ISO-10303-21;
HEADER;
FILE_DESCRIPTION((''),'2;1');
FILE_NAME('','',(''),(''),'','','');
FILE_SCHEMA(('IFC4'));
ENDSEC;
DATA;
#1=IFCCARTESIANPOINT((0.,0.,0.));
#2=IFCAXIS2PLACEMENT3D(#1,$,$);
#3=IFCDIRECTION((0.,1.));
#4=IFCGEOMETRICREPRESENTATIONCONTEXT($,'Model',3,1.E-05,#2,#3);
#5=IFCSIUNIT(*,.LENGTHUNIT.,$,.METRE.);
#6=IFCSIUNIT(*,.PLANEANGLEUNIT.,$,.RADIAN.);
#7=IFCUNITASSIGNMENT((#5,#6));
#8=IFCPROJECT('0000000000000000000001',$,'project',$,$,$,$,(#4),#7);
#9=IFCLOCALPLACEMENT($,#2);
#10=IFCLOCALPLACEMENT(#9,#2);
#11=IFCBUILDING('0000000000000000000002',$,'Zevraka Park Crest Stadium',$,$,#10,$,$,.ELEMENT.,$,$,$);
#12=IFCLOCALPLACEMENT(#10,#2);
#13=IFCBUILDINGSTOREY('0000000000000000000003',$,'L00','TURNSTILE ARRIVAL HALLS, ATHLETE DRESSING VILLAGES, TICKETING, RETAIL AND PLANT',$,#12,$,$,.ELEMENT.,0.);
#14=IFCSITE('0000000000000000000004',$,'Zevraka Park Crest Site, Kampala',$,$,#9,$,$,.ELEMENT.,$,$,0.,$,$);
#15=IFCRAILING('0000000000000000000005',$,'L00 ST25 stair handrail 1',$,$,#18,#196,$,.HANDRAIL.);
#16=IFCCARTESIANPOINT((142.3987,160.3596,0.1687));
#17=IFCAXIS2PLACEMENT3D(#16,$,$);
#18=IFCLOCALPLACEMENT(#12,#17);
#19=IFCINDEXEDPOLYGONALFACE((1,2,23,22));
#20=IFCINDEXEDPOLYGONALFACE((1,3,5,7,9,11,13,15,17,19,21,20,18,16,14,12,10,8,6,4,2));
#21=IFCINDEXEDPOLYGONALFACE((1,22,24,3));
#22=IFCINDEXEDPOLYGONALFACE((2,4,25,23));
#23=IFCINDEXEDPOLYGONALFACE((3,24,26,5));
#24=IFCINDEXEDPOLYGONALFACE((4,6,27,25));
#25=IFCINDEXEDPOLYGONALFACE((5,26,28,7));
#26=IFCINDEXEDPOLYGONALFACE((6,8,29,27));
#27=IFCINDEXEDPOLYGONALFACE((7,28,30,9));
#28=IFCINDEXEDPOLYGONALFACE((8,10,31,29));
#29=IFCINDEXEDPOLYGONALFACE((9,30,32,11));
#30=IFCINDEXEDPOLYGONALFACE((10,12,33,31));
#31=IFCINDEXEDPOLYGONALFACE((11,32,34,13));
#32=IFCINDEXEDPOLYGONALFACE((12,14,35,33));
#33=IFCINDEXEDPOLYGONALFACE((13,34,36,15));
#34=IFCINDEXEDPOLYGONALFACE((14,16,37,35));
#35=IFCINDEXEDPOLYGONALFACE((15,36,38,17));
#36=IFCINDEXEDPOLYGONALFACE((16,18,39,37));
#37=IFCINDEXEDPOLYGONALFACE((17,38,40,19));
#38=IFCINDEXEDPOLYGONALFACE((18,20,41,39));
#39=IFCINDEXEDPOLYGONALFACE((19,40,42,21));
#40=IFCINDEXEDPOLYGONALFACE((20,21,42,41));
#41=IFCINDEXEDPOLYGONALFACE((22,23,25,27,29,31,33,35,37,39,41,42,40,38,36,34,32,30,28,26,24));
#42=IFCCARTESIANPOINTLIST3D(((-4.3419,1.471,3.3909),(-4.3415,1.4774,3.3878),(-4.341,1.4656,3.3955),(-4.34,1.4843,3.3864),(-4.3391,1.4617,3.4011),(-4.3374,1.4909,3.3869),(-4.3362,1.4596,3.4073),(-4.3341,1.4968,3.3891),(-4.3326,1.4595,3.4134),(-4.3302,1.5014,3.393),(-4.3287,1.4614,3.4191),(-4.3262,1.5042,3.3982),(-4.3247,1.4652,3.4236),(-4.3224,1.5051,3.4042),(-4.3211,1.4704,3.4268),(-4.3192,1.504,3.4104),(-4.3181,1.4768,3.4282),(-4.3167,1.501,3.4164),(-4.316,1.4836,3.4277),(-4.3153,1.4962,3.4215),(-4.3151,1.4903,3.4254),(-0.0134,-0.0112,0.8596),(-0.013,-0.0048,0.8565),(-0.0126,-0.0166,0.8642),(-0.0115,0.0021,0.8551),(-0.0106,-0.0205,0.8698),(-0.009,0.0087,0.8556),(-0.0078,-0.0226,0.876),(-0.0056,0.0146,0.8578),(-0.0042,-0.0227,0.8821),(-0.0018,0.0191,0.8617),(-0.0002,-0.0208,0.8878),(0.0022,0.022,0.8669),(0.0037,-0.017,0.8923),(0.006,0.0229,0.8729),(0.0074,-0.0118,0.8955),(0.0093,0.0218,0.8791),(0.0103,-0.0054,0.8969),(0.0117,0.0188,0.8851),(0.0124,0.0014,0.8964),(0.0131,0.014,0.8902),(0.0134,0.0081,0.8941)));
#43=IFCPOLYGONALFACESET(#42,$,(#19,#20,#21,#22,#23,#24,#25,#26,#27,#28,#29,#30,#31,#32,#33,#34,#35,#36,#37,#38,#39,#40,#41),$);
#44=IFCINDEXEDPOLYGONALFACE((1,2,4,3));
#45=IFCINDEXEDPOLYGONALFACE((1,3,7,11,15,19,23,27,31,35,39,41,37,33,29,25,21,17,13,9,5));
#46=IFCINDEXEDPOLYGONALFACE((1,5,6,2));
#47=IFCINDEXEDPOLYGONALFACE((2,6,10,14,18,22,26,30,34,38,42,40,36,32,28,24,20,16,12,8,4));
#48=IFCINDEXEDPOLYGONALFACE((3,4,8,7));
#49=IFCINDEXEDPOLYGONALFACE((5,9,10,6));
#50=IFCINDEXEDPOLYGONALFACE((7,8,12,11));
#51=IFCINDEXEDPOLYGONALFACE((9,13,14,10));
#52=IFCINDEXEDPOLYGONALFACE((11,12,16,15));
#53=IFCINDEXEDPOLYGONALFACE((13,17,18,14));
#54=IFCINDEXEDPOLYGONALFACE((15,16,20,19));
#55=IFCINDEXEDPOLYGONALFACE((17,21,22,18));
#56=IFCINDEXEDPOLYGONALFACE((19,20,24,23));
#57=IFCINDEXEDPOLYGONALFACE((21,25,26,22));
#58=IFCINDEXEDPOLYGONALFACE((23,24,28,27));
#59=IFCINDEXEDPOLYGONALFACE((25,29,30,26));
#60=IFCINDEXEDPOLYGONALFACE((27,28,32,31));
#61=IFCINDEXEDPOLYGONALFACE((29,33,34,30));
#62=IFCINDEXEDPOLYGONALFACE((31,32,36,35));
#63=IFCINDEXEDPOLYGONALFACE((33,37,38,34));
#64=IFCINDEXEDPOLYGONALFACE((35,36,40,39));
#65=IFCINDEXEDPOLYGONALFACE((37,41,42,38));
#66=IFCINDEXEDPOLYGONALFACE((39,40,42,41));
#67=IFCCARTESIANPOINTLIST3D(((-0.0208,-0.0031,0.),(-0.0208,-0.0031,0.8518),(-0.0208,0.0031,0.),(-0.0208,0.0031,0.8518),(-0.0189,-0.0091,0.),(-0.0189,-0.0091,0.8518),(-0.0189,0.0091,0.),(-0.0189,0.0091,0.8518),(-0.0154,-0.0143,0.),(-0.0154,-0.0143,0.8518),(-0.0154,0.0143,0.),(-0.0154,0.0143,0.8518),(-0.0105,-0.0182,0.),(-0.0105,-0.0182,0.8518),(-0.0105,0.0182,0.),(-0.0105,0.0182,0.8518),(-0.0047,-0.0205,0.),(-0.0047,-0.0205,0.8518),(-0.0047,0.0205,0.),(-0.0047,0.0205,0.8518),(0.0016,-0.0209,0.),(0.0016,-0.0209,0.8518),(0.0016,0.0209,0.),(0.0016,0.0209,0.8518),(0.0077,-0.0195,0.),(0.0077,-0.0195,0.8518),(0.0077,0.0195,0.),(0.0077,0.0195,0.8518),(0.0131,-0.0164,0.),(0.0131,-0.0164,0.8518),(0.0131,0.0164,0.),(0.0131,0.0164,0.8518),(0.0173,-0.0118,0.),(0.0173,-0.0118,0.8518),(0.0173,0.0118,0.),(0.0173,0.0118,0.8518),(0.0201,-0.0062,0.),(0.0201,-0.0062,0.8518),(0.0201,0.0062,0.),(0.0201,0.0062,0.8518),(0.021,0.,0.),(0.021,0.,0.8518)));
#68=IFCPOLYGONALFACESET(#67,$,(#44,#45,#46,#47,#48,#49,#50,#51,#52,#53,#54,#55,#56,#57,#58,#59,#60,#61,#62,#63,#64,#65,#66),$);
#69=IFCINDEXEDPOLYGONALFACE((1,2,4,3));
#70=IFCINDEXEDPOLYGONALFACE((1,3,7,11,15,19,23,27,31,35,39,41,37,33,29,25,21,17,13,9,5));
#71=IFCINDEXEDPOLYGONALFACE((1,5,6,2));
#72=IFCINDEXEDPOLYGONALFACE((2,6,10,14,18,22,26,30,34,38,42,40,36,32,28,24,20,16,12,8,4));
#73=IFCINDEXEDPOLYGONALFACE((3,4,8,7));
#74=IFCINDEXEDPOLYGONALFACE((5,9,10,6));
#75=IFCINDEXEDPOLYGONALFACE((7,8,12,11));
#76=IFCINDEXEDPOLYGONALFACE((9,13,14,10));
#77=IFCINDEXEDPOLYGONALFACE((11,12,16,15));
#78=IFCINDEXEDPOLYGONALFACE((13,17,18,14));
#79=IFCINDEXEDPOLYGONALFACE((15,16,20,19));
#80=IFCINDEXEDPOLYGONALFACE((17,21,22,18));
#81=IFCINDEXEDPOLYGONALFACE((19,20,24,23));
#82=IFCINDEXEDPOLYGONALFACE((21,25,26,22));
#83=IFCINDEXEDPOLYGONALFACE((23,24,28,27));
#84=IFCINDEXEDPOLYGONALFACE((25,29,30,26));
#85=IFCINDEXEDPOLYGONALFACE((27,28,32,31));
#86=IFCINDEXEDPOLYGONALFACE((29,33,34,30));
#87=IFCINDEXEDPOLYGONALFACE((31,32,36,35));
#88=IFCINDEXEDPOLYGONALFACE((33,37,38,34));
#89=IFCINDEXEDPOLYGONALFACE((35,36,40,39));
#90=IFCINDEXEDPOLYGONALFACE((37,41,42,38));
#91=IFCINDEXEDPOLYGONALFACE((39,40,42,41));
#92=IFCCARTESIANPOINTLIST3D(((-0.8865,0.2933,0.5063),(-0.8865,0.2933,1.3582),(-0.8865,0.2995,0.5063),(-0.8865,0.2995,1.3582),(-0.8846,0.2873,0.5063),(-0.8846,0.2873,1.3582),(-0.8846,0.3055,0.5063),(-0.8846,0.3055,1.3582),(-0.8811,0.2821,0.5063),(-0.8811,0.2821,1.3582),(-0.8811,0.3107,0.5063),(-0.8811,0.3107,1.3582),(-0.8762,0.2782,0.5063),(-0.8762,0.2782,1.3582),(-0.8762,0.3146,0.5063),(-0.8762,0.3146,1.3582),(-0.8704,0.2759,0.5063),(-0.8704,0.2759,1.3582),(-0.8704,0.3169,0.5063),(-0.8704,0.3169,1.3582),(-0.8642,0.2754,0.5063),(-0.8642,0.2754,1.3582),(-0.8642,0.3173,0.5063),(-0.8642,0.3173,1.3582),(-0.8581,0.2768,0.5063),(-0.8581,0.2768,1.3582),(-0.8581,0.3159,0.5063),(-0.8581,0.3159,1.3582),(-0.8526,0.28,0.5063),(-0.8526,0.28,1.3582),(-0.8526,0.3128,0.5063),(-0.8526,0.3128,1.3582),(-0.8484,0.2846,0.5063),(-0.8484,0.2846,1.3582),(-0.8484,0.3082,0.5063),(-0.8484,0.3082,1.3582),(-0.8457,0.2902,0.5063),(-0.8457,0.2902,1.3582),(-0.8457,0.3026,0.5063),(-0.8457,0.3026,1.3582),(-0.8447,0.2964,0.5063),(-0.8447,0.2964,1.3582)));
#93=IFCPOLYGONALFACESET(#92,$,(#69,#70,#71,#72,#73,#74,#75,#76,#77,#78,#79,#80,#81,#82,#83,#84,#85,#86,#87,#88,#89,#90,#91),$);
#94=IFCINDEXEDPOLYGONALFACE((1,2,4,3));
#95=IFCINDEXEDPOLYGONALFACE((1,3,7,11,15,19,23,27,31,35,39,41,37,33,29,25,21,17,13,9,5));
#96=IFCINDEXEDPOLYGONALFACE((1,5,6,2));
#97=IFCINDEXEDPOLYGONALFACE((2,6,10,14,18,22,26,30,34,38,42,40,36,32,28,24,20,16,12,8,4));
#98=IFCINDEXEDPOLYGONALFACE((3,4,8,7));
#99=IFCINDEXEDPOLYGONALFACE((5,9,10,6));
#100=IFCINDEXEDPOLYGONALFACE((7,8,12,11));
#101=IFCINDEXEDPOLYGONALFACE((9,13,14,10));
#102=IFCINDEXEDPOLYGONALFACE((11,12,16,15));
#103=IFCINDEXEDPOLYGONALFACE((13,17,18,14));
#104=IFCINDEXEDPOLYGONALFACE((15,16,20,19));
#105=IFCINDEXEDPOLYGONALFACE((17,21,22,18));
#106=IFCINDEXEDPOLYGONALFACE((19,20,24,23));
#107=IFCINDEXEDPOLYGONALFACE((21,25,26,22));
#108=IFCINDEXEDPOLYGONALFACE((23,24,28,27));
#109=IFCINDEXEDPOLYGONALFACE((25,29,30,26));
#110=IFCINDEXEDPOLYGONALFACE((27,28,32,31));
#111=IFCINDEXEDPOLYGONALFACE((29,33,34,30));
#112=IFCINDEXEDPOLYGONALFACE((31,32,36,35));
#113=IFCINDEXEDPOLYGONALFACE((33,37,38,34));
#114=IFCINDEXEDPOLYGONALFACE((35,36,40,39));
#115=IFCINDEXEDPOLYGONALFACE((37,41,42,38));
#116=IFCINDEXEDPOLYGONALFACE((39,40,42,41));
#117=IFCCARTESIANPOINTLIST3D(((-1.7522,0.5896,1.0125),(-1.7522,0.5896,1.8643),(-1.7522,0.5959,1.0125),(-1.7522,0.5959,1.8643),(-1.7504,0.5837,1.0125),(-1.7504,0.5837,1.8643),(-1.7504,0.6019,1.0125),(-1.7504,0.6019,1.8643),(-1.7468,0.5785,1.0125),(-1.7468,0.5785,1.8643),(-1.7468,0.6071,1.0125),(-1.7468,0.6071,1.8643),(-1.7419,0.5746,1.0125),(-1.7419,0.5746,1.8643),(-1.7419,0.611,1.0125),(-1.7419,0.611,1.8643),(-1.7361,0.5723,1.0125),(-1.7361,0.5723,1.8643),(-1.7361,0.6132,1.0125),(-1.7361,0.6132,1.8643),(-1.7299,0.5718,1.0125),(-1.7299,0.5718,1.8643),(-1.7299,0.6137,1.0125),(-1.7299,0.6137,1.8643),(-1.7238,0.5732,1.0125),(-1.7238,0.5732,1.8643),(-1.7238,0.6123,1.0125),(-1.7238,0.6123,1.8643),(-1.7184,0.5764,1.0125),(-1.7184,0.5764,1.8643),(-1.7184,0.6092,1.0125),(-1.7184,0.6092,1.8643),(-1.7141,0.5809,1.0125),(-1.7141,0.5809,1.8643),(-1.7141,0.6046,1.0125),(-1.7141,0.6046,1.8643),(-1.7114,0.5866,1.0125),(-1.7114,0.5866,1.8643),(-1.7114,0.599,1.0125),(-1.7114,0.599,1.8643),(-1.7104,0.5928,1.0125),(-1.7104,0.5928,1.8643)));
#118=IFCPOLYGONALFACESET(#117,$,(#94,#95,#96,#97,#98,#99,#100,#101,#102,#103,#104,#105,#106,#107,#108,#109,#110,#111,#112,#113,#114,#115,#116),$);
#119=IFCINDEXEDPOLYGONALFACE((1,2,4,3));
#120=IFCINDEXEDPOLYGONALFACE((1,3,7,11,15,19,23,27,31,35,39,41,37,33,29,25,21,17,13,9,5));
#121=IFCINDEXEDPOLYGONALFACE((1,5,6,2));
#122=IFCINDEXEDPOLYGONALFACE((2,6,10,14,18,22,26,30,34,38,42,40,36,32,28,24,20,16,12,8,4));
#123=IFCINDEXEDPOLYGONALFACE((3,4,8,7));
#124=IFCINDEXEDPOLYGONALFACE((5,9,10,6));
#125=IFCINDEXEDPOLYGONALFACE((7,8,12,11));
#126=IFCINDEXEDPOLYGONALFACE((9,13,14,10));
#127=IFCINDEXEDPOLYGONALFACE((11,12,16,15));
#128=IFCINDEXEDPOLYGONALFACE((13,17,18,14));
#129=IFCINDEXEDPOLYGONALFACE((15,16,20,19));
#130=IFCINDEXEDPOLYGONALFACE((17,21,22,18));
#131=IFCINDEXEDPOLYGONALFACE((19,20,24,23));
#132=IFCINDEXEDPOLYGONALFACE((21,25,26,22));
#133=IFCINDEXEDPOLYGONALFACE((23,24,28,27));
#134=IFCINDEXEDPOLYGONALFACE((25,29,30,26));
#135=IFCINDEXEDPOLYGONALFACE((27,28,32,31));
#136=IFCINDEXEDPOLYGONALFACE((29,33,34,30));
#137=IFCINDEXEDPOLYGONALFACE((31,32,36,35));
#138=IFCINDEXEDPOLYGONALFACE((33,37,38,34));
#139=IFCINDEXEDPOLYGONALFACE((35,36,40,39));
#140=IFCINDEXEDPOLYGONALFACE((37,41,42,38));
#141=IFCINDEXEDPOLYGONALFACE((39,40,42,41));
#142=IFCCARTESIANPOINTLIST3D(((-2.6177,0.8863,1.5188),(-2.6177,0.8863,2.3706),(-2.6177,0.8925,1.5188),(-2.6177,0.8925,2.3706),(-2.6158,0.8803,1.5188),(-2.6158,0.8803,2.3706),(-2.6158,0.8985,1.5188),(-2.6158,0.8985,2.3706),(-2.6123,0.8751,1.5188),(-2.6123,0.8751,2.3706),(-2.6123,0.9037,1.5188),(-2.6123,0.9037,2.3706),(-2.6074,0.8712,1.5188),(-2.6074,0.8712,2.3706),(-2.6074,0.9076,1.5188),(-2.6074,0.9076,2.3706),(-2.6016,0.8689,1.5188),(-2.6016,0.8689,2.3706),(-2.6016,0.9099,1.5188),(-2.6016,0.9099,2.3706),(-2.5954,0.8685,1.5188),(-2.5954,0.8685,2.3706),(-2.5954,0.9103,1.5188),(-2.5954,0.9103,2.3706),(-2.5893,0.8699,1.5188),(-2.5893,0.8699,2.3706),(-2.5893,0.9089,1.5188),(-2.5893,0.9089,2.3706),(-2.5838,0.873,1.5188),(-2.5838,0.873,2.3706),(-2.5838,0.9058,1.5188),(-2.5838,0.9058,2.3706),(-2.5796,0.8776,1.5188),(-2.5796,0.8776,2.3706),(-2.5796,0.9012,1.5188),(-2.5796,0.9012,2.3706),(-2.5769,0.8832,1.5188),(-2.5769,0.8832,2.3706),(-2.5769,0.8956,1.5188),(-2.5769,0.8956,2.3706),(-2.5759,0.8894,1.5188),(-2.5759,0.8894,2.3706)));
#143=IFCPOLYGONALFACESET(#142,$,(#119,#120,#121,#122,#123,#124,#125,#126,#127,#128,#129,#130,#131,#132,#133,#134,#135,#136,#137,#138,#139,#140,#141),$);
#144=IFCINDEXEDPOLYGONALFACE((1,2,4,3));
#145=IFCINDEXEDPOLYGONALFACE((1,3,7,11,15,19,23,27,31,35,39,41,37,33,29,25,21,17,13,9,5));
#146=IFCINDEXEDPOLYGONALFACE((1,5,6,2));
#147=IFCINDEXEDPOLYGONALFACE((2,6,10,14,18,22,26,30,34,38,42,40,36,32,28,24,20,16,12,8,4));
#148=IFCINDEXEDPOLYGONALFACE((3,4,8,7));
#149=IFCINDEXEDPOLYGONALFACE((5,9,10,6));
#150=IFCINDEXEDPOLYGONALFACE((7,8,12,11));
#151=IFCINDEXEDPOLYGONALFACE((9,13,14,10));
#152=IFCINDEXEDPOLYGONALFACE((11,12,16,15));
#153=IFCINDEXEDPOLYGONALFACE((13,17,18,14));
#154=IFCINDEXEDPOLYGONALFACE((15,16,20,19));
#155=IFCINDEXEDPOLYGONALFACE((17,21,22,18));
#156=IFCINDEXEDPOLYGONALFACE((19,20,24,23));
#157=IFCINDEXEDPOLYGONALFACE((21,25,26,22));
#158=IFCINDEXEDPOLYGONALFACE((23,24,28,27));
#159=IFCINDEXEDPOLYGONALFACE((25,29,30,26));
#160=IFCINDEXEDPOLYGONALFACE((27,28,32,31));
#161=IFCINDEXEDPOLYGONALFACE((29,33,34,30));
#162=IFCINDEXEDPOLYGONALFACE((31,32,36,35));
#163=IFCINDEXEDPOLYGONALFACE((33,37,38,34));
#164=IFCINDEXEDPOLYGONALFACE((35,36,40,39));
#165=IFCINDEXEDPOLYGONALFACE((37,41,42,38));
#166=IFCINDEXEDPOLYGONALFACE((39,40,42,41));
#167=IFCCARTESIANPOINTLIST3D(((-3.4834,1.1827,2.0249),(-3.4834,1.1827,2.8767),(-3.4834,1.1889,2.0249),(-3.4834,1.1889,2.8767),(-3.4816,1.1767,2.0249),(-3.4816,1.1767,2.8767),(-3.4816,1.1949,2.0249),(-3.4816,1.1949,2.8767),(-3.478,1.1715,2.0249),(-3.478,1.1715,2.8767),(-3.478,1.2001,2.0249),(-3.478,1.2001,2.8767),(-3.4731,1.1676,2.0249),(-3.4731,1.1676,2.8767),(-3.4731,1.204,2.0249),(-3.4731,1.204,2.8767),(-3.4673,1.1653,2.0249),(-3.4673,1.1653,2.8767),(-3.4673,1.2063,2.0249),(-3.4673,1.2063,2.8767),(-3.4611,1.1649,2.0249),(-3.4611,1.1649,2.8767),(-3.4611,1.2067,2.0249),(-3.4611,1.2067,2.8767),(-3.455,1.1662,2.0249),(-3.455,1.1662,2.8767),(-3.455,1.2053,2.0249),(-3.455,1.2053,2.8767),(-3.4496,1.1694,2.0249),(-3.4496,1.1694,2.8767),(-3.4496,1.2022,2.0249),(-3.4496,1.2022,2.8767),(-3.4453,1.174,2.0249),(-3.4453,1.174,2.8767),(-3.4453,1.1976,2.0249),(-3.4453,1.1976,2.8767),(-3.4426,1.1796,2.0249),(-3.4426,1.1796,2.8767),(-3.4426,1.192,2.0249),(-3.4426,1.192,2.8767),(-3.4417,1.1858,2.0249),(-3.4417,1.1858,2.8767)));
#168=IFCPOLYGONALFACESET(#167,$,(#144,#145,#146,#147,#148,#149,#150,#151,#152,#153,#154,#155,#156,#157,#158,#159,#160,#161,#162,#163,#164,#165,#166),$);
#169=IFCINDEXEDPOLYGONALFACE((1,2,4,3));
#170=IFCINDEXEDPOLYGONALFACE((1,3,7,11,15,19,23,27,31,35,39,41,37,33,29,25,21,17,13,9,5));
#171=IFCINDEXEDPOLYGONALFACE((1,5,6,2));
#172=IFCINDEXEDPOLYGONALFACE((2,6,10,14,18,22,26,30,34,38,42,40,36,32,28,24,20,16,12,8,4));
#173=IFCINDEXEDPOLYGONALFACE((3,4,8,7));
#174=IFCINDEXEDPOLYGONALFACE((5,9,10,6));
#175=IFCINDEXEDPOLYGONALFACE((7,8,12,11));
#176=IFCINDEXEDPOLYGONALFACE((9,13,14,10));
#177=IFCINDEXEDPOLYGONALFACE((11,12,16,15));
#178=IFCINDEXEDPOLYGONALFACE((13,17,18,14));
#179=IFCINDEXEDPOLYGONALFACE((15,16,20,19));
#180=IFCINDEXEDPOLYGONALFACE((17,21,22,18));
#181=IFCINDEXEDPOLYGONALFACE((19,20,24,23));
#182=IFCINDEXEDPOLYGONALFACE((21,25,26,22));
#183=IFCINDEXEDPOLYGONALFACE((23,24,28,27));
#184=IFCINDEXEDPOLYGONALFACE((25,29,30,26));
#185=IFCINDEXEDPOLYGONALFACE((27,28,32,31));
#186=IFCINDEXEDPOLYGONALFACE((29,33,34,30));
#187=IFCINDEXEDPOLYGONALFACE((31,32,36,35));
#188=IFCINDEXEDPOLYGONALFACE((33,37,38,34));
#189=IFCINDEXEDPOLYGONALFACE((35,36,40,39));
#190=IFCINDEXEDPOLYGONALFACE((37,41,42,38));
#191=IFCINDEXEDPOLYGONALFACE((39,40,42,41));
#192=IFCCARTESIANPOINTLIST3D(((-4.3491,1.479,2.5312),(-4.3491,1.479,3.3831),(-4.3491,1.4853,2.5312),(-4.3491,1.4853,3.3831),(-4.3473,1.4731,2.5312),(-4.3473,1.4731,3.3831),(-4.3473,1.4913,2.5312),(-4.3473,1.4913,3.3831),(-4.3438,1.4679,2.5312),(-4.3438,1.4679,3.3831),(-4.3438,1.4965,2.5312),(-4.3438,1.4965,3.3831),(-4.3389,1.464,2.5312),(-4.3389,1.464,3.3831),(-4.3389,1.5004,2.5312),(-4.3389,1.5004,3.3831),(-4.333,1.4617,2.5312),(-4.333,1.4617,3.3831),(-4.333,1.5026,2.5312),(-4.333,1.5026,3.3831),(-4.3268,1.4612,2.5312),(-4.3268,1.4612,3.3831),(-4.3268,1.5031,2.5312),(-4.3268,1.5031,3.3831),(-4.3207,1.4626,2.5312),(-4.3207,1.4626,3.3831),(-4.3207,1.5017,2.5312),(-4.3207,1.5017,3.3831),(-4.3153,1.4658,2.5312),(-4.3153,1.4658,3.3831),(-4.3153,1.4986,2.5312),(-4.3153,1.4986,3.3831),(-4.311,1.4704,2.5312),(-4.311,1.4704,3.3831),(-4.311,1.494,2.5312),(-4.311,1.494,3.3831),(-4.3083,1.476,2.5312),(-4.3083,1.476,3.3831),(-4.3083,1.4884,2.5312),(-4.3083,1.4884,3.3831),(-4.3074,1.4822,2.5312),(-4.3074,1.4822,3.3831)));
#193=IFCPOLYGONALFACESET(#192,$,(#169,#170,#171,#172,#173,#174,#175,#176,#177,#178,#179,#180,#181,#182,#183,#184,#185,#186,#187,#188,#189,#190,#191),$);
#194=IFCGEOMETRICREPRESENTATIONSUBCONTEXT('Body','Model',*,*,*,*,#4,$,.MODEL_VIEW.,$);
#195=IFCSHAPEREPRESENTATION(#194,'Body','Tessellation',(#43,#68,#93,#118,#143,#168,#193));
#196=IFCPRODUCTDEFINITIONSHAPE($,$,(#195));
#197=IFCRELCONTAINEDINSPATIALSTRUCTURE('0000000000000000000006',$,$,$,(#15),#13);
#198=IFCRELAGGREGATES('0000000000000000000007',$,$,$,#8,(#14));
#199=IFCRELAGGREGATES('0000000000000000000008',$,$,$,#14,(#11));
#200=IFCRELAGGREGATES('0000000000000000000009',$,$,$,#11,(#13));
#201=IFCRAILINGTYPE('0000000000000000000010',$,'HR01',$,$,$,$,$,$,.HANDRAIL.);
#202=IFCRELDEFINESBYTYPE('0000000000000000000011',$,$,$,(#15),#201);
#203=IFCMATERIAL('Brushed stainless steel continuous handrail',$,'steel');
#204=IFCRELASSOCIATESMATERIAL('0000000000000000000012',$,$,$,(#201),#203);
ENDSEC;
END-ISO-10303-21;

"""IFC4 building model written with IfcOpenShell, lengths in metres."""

from ifc_helpers import new_model, si_unit, direction, frame, origin, origin_2d, place, context, subcontext, project, spatial, circle, extrude, material, type_object, element, save


model = new_model("IFC4")

# Units and contexts
model_context = context("Model", 3, precision=1e-05, world=origin(), true_north=direction((0.0, 1.0)))
body_context = subcontext(model_context, "Body", "Model", "MODEL_VIEW")
ifc_project = project(units=[si_unit("LENGTHUNIT", "METRE"), si_unit("PLANEANGLEUNIT", "RADIAN")], contexts=[model_context])

# Site, building, storey
site_placement = place(None, origin())
site = spatial("IfcSite", under=ifc_project, at=site_placement, Name="Zevraka Park Crest Site, Kampala", CompositionType="ELEMENT", RefElevation=0.0)
building_placement = place(site_placement, origin())
building = spatial("IfcBuilding", under=site, at=building_placement, Name="Zevraka Park Crest Stadium", CompositionType="ELEMENT")
storey_placement = place(building_placement, origin())
storey = spatial("IfcBuildingStorey", under=building, at=storey_placement, Name="L00", Description="TURNSTILE ARRIVAL HALLS, ATHLETE DRESSING VILLAGES, TICKETING, RETAIL AND PLANT", CompositionType="ELEMENT", Elevation=0.0)

# Railing
ifc_material_1 = material(Name="Brushed stainless steel continuous handrail", Category="steel")
railing_type_1 = type_object("IfcRailingType", Name="HR01", PredefinedType="HANDRAIL", material=ifc_material_1)
railing_1_placement = place(storey_placement, frame((142.3987, 160.3596, 0.1687)))
element("IfcRailing", 1, at=railing_1_placement, inside=storey, type_object=railing_type_1, Name="L00 ST25 stair handrail 1", PredefinedType="HANDRAIL", context=body_context, shape_type="SweptSolid", body=[
    extrude(circle(Radius=0.0239, at=origin_2d()), frame((0.0, 0.0, 0.876), z_axis=(-0.827817, 0.283472, 0.484111), x_axis=(-0.323965, -0.946069, 0.0)), (0.0, 0.0, 1.0), 5.2288),
    extrude(circle(Radius=0.021, at=origin_2d()), origin(), (0.0, 0.0, 1.0), 0.8518),
    extrude(circle(Radius=0.021, at=origin_2d()), frame((-0.8657, 0.2964, 0.5063)), (0.0, 0.0, 1.0), 0.8518),
    extrude(circle(Radius=0.021, at=origin_2d()), frame((-1.7314, 0.5928, 1.0125)), (0.0, 0.0, 1.0), 0.8518),
    extrude(circle(Radius=0.021, at=origin_2d()), frame((-2.5969, 0.8894, 1.5188)), (0.0, 0.0, 1.0), 0.8518),
    extrude(circle(Radius=0.021, at=origin_2d()), frame((-3.4626, 1.1858, 2.0249)), (0.0, 0.0, 1.0), 0.8518),
    extrude(circle(Radius=0.021, at=origin_2d()), frame((-4.3284, 1.4822, 2.5312)), (0.0, 0.0, 1.0), 0.8518),
])

save(model, "model.ifc")
